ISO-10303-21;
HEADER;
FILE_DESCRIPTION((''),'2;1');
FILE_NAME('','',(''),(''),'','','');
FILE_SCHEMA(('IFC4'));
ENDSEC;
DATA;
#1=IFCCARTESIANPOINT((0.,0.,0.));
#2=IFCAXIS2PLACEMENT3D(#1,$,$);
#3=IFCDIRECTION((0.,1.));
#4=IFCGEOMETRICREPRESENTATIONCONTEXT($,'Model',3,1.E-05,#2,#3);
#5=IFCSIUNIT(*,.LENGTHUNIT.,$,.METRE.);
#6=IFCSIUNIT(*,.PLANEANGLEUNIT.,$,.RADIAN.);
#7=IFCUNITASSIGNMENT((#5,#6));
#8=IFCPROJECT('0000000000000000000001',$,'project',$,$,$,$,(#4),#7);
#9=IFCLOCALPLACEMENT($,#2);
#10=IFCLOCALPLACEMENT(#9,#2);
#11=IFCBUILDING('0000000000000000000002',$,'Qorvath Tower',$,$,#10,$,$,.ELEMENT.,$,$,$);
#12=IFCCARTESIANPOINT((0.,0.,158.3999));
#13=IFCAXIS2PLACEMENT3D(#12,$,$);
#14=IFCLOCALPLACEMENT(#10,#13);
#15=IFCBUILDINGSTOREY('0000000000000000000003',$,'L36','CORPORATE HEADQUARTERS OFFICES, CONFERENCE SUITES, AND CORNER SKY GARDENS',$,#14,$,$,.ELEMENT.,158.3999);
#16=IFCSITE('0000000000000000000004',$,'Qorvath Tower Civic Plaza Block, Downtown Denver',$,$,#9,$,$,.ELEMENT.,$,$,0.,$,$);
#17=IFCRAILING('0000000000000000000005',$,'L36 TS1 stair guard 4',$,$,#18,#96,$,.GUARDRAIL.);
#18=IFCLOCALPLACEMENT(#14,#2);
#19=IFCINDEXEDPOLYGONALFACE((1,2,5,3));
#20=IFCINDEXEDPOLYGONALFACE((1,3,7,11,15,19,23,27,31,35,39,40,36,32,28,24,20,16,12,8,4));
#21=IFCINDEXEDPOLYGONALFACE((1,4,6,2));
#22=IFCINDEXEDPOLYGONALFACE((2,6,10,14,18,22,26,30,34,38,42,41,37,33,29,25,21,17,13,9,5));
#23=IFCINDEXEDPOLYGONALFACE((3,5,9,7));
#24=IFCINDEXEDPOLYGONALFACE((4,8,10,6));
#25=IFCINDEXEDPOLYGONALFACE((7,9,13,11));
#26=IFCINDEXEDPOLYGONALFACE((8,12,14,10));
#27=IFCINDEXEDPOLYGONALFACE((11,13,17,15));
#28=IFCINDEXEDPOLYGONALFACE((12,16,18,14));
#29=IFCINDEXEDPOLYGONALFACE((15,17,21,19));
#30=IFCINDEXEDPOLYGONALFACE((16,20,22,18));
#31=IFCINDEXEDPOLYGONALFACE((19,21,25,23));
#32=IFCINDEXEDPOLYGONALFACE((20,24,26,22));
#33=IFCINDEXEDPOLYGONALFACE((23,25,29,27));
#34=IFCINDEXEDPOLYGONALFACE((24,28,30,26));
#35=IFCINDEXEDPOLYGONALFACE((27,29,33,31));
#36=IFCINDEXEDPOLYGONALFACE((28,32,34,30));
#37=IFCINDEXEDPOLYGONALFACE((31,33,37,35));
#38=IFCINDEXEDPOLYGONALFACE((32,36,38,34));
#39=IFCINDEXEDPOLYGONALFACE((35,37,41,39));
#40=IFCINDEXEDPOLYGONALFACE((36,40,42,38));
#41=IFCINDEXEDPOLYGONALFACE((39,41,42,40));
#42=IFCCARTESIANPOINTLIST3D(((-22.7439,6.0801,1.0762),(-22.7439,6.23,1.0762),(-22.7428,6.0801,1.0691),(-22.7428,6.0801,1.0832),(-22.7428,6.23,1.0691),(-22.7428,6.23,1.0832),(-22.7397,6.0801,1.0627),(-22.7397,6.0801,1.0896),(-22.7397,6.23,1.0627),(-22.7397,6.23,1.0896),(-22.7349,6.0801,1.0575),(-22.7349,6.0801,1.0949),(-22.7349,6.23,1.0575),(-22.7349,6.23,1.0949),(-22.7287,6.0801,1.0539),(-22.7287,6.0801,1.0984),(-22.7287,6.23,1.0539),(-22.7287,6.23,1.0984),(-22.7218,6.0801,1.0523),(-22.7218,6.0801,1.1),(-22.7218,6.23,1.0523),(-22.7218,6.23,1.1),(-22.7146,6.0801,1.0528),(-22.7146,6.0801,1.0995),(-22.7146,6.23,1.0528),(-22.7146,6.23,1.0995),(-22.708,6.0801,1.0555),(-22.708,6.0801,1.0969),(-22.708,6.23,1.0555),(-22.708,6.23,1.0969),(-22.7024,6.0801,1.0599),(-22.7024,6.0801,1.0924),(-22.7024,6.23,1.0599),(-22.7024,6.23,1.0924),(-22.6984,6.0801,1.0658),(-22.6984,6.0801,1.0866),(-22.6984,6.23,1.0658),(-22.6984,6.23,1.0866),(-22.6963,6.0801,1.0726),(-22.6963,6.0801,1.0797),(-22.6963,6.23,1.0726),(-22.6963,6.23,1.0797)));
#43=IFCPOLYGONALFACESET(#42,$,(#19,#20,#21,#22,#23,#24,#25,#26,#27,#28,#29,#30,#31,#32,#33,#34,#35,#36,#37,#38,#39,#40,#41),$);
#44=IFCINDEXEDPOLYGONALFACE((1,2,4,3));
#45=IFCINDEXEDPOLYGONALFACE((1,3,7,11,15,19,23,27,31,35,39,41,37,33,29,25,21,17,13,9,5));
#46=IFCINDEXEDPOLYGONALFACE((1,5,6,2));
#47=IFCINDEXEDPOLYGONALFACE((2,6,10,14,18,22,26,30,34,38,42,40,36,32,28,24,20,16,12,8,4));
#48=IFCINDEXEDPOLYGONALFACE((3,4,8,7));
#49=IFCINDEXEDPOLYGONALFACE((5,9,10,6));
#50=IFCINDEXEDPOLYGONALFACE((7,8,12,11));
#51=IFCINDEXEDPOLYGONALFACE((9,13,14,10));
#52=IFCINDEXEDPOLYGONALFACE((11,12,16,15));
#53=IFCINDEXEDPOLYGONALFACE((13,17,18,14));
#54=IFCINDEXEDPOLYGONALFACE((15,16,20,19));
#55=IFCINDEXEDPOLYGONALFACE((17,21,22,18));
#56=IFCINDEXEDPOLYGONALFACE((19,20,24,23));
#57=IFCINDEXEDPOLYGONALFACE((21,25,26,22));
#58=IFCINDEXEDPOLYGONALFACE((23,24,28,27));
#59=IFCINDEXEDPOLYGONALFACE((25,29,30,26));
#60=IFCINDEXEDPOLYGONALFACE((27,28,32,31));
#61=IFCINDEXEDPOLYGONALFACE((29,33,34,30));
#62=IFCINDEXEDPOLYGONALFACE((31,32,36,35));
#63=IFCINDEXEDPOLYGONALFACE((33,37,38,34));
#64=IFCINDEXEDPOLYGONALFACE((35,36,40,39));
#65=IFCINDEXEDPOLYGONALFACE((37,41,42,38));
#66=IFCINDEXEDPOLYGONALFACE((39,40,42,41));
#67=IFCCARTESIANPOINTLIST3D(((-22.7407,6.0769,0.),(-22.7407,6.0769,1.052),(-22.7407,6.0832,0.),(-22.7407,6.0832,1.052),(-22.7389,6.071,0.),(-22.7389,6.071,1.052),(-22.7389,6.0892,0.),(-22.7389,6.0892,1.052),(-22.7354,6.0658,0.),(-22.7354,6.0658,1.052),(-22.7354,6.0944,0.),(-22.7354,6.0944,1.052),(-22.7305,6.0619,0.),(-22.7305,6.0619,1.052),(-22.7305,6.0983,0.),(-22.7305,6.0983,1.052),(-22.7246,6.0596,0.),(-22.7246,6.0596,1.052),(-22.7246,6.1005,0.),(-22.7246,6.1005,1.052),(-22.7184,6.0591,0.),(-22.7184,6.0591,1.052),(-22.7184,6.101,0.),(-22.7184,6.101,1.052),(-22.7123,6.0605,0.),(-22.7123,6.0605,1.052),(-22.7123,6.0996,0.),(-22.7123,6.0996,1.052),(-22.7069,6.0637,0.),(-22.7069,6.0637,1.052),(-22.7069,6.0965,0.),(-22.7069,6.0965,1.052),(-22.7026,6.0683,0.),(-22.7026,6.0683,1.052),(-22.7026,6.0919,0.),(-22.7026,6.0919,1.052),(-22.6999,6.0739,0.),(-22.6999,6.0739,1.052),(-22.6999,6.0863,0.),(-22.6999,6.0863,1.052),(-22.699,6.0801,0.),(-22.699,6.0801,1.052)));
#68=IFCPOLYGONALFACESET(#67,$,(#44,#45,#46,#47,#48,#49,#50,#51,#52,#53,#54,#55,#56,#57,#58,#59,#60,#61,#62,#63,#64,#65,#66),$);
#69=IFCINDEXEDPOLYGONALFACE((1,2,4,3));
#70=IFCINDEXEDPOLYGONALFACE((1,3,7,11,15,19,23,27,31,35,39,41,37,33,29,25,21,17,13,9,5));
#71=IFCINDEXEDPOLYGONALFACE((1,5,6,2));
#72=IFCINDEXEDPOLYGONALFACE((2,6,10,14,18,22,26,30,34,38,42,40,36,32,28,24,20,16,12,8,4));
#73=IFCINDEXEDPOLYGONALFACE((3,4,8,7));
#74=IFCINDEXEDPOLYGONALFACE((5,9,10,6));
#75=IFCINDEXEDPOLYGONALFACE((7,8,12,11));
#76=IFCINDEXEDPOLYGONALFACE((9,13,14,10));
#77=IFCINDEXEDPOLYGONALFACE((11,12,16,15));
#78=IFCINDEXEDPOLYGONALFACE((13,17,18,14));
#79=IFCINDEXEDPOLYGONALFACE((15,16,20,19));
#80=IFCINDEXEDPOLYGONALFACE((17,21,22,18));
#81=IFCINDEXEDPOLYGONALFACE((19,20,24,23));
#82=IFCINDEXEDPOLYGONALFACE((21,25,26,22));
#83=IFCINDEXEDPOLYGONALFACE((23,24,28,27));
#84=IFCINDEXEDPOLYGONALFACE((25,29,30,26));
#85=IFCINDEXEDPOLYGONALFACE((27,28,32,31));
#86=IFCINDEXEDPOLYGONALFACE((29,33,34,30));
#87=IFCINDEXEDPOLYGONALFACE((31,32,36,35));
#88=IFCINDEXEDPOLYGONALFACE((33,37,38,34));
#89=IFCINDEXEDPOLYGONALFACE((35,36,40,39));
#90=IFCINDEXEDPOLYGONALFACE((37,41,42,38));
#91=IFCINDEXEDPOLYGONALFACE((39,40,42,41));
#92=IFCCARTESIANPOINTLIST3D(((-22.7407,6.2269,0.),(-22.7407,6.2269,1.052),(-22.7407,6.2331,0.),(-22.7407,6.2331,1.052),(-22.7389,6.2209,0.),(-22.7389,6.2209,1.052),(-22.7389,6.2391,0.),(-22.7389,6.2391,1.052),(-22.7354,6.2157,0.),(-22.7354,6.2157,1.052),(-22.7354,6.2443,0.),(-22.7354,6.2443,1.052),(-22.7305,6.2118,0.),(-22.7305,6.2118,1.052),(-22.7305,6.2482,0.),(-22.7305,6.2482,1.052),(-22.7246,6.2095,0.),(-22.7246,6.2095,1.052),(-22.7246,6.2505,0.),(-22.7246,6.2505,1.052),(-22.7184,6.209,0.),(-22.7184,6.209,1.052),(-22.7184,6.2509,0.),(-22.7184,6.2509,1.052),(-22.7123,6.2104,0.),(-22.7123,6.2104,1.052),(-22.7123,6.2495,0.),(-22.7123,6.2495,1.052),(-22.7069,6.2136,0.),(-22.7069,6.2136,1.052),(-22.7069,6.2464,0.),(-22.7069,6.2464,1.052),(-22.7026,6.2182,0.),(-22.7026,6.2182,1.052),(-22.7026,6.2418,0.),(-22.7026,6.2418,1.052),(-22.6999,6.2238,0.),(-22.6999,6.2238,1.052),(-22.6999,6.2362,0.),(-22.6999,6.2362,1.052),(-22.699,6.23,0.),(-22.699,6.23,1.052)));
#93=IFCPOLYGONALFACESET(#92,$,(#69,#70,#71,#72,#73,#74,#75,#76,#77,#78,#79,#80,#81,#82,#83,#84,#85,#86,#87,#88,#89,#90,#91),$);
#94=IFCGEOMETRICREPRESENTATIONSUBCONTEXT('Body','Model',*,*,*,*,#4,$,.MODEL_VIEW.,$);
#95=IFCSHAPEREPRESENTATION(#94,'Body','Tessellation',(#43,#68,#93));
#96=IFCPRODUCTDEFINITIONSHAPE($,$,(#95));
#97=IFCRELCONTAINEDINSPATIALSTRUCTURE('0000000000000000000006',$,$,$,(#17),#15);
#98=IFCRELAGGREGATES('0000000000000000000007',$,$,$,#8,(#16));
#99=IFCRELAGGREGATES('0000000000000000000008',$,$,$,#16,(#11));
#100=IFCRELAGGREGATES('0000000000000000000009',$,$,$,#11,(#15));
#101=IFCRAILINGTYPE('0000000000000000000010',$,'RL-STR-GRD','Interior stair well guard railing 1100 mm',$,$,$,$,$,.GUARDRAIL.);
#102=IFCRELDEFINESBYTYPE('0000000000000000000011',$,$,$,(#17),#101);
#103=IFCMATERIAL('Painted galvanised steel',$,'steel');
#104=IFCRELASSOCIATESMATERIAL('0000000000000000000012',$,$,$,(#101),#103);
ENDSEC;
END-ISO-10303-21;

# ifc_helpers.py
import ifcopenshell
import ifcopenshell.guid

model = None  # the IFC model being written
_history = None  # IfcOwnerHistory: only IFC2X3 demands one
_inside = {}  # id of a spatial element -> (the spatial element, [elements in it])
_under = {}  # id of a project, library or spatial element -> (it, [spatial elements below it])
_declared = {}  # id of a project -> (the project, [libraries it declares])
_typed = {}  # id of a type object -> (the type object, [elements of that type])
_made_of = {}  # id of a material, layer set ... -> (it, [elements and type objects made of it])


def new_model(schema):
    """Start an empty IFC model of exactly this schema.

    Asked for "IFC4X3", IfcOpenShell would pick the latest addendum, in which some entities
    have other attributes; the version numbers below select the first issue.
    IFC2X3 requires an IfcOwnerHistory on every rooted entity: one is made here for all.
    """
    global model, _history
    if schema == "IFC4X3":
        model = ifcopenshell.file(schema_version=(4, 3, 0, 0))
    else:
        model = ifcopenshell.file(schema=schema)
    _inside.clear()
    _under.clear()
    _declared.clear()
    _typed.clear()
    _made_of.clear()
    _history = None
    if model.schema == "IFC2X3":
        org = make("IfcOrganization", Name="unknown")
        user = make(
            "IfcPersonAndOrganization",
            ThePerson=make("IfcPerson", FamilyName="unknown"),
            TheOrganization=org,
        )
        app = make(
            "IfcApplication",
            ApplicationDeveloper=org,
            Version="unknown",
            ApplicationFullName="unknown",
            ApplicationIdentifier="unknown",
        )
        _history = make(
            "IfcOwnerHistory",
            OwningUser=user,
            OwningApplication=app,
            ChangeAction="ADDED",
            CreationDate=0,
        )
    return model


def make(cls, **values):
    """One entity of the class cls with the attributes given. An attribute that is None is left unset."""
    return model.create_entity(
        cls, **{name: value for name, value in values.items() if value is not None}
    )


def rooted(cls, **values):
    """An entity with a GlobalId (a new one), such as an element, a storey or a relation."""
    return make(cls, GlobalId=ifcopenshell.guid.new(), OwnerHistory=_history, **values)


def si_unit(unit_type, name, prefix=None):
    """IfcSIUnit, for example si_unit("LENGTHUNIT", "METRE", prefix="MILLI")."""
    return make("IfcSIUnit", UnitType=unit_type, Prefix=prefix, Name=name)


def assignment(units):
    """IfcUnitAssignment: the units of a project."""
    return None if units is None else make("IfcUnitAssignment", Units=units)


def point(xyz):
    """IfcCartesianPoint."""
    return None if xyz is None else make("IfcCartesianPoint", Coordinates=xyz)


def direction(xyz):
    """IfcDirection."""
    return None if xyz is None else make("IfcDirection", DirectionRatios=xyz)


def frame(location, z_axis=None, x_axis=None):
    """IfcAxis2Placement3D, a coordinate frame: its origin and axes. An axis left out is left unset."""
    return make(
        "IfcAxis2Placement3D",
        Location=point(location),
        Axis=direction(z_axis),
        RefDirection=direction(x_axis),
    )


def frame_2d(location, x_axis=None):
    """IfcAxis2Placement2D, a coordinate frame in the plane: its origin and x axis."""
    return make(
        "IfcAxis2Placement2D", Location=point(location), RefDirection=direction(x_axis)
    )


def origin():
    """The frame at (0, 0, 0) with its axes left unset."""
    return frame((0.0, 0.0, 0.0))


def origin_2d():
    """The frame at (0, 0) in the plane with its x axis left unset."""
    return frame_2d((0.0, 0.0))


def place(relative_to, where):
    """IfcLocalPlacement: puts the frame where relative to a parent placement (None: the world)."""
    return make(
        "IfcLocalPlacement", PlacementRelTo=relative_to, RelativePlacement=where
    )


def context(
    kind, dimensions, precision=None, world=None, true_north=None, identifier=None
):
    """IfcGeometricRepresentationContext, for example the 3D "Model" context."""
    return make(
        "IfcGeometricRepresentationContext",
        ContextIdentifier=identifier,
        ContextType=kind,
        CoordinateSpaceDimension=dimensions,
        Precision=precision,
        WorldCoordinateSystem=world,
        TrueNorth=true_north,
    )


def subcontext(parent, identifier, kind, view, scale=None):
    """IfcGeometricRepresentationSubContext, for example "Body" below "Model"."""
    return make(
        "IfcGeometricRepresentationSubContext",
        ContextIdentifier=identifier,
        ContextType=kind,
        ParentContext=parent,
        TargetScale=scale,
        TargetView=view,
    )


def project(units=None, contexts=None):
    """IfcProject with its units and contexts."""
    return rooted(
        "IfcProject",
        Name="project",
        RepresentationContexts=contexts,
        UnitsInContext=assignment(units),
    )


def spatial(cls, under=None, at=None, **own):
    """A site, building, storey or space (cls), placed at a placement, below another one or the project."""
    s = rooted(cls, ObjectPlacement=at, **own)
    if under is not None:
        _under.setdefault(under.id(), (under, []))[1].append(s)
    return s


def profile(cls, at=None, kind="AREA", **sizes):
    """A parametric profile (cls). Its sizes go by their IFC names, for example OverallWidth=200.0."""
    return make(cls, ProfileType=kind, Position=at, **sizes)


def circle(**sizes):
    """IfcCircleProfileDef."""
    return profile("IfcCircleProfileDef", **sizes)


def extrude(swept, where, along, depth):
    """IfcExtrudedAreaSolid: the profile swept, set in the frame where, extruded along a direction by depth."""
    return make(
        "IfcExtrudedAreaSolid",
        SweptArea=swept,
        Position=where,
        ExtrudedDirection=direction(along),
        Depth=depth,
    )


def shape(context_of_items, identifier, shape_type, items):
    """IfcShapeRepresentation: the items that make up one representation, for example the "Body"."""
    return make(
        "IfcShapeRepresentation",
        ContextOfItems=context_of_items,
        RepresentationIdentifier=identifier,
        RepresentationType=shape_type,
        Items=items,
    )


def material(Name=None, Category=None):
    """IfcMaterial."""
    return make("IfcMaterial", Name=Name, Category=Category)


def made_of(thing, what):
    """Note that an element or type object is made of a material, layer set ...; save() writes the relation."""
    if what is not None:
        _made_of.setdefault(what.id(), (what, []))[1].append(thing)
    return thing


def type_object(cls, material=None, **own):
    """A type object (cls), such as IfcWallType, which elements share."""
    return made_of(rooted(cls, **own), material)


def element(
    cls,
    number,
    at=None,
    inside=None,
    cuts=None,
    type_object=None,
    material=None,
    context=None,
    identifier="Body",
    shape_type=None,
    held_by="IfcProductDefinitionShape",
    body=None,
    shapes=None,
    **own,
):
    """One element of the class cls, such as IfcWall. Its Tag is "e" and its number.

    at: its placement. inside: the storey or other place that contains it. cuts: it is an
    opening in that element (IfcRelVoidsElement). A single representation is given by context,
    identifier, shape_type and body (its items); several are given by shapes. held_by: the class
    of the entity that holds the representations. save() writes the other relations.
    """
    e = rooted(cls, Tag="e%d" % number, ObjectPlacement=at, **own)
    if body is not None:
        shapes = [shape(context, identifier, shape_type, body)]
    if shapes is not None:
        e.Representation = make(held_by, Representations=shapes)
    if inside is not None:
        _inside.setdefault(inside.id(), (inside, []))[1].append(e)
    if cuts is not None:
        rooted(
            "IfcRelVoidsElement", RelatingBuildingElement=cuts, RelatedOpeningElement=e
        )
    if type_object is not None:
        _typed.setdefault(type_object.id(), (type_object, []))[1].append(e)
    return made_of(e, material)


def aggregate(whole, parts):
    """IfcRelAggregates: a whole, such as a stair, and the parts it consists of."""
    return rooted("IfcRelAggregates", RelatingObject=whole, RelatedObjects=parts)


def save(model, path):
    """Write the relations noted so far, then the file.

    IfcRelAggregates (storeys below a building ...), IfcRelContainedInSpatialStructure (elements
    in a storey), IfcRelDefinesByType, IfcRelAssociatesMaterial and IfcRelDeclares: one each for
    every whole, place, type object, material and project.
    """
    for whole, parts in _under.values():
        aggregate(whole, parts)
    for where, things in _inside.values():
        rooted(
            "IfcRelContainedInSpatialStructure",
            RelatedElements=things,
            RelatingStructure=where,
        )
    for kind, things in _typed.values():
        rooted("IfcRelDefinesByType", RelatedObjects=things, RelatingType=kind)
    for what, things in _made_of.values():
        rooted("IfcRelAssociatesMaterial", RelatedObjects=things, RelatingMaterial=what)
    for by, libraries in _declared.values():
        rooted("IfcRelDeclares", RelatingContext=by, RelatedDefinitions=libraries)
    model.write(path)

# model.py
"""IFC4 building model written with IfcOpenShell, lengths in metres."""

from ifc_helpers import new_model, si_unit, direction, frame, origin, origin_2d, place, context, subcontext, project, spatial, circle, extrude, material, type_object, element, save


model = new_model("IFC4")

# Units and contexts
model_context = context("Model", 3, precision=1e-05, world=origin(), true_north=direction((0.0, 1.0)))
body_context = subcontext(model_context, "Body", "Model", "MODEL_VIEW")
ifc_project = project(units=[si_unit("LENGTHUNIT", "METRE"), si_unit("PLANEANGLEUNIT", "RADIAN")], contexts=[model_context])

# Site, building, storey
site_placement = place(None, origin())
site = spatial("IfcSite", under=ifc_project, at=site_placement, Name="Qorvath Tower Civic Plaza Block, Downtown Denver", CompositionType="ELEMENT", RefElevation=0.0)
building_placement = place(site_placement, origin())
building = spatial("IfcBuilding", under=site, at=building_placement, Name="Qorvath Tower", CompositionType="ELEMENT")
storey_placement = place(building_placement, frame((0.0, 0.0, 158.3999)))
storey = spatial("IfcBuildingStorey", under=building, at=storey_placement, Name="L36", Description="CORPORATE HEADQUARTERS OFFICES, CONFERENCE SUITES, AND CORNER SKY GARDENS", CompositionType="ELEMENT", Elevation=158.3999)

# Railing
ifc_material_1 = material(Name="Painted galvanised steel", Category="steel")
railing_type_1 = type_object("IfcRailingType", Name="RL-STR-GRD", Description="Interior stair well guard railing 1100 mm", PredefinedType="GUARDRAIL", material=ifc_material_1)
railing_1_placement = place(storey_placement, frame((-22.72, 6.0801, 0.0)))
element("IfcRailing", 1, at=railing_1_placement, inside=storey, type_object=railing_type_1, Name="L36 TS1 stair guard 4", PredefinedType="GUARDRAIL", context=body_context, shape_type="SweptSolid", body=[
    extrude(circle(Radius=0.0239, at=origin_2d()), frame((0.0, 0.0, 1.0762), z_axis=(0.0, 1.0, 0.0), x_axis=(-1.0, 0.0, 0.0)), (0.0, 0.0, 1.0), 0.1499),
    extrude(circle(Radius=0.021, at=origin_2d()), origin(), (0.0, 0.0, 1.0), 1.052),
    extrude(circle(Radius=0.021, at=origin_2d()), frame((0.0, 0.1499, 0.0)), (0.0, 0.0, 1.0), 1.052),
])

save(model, "model.ifc")
